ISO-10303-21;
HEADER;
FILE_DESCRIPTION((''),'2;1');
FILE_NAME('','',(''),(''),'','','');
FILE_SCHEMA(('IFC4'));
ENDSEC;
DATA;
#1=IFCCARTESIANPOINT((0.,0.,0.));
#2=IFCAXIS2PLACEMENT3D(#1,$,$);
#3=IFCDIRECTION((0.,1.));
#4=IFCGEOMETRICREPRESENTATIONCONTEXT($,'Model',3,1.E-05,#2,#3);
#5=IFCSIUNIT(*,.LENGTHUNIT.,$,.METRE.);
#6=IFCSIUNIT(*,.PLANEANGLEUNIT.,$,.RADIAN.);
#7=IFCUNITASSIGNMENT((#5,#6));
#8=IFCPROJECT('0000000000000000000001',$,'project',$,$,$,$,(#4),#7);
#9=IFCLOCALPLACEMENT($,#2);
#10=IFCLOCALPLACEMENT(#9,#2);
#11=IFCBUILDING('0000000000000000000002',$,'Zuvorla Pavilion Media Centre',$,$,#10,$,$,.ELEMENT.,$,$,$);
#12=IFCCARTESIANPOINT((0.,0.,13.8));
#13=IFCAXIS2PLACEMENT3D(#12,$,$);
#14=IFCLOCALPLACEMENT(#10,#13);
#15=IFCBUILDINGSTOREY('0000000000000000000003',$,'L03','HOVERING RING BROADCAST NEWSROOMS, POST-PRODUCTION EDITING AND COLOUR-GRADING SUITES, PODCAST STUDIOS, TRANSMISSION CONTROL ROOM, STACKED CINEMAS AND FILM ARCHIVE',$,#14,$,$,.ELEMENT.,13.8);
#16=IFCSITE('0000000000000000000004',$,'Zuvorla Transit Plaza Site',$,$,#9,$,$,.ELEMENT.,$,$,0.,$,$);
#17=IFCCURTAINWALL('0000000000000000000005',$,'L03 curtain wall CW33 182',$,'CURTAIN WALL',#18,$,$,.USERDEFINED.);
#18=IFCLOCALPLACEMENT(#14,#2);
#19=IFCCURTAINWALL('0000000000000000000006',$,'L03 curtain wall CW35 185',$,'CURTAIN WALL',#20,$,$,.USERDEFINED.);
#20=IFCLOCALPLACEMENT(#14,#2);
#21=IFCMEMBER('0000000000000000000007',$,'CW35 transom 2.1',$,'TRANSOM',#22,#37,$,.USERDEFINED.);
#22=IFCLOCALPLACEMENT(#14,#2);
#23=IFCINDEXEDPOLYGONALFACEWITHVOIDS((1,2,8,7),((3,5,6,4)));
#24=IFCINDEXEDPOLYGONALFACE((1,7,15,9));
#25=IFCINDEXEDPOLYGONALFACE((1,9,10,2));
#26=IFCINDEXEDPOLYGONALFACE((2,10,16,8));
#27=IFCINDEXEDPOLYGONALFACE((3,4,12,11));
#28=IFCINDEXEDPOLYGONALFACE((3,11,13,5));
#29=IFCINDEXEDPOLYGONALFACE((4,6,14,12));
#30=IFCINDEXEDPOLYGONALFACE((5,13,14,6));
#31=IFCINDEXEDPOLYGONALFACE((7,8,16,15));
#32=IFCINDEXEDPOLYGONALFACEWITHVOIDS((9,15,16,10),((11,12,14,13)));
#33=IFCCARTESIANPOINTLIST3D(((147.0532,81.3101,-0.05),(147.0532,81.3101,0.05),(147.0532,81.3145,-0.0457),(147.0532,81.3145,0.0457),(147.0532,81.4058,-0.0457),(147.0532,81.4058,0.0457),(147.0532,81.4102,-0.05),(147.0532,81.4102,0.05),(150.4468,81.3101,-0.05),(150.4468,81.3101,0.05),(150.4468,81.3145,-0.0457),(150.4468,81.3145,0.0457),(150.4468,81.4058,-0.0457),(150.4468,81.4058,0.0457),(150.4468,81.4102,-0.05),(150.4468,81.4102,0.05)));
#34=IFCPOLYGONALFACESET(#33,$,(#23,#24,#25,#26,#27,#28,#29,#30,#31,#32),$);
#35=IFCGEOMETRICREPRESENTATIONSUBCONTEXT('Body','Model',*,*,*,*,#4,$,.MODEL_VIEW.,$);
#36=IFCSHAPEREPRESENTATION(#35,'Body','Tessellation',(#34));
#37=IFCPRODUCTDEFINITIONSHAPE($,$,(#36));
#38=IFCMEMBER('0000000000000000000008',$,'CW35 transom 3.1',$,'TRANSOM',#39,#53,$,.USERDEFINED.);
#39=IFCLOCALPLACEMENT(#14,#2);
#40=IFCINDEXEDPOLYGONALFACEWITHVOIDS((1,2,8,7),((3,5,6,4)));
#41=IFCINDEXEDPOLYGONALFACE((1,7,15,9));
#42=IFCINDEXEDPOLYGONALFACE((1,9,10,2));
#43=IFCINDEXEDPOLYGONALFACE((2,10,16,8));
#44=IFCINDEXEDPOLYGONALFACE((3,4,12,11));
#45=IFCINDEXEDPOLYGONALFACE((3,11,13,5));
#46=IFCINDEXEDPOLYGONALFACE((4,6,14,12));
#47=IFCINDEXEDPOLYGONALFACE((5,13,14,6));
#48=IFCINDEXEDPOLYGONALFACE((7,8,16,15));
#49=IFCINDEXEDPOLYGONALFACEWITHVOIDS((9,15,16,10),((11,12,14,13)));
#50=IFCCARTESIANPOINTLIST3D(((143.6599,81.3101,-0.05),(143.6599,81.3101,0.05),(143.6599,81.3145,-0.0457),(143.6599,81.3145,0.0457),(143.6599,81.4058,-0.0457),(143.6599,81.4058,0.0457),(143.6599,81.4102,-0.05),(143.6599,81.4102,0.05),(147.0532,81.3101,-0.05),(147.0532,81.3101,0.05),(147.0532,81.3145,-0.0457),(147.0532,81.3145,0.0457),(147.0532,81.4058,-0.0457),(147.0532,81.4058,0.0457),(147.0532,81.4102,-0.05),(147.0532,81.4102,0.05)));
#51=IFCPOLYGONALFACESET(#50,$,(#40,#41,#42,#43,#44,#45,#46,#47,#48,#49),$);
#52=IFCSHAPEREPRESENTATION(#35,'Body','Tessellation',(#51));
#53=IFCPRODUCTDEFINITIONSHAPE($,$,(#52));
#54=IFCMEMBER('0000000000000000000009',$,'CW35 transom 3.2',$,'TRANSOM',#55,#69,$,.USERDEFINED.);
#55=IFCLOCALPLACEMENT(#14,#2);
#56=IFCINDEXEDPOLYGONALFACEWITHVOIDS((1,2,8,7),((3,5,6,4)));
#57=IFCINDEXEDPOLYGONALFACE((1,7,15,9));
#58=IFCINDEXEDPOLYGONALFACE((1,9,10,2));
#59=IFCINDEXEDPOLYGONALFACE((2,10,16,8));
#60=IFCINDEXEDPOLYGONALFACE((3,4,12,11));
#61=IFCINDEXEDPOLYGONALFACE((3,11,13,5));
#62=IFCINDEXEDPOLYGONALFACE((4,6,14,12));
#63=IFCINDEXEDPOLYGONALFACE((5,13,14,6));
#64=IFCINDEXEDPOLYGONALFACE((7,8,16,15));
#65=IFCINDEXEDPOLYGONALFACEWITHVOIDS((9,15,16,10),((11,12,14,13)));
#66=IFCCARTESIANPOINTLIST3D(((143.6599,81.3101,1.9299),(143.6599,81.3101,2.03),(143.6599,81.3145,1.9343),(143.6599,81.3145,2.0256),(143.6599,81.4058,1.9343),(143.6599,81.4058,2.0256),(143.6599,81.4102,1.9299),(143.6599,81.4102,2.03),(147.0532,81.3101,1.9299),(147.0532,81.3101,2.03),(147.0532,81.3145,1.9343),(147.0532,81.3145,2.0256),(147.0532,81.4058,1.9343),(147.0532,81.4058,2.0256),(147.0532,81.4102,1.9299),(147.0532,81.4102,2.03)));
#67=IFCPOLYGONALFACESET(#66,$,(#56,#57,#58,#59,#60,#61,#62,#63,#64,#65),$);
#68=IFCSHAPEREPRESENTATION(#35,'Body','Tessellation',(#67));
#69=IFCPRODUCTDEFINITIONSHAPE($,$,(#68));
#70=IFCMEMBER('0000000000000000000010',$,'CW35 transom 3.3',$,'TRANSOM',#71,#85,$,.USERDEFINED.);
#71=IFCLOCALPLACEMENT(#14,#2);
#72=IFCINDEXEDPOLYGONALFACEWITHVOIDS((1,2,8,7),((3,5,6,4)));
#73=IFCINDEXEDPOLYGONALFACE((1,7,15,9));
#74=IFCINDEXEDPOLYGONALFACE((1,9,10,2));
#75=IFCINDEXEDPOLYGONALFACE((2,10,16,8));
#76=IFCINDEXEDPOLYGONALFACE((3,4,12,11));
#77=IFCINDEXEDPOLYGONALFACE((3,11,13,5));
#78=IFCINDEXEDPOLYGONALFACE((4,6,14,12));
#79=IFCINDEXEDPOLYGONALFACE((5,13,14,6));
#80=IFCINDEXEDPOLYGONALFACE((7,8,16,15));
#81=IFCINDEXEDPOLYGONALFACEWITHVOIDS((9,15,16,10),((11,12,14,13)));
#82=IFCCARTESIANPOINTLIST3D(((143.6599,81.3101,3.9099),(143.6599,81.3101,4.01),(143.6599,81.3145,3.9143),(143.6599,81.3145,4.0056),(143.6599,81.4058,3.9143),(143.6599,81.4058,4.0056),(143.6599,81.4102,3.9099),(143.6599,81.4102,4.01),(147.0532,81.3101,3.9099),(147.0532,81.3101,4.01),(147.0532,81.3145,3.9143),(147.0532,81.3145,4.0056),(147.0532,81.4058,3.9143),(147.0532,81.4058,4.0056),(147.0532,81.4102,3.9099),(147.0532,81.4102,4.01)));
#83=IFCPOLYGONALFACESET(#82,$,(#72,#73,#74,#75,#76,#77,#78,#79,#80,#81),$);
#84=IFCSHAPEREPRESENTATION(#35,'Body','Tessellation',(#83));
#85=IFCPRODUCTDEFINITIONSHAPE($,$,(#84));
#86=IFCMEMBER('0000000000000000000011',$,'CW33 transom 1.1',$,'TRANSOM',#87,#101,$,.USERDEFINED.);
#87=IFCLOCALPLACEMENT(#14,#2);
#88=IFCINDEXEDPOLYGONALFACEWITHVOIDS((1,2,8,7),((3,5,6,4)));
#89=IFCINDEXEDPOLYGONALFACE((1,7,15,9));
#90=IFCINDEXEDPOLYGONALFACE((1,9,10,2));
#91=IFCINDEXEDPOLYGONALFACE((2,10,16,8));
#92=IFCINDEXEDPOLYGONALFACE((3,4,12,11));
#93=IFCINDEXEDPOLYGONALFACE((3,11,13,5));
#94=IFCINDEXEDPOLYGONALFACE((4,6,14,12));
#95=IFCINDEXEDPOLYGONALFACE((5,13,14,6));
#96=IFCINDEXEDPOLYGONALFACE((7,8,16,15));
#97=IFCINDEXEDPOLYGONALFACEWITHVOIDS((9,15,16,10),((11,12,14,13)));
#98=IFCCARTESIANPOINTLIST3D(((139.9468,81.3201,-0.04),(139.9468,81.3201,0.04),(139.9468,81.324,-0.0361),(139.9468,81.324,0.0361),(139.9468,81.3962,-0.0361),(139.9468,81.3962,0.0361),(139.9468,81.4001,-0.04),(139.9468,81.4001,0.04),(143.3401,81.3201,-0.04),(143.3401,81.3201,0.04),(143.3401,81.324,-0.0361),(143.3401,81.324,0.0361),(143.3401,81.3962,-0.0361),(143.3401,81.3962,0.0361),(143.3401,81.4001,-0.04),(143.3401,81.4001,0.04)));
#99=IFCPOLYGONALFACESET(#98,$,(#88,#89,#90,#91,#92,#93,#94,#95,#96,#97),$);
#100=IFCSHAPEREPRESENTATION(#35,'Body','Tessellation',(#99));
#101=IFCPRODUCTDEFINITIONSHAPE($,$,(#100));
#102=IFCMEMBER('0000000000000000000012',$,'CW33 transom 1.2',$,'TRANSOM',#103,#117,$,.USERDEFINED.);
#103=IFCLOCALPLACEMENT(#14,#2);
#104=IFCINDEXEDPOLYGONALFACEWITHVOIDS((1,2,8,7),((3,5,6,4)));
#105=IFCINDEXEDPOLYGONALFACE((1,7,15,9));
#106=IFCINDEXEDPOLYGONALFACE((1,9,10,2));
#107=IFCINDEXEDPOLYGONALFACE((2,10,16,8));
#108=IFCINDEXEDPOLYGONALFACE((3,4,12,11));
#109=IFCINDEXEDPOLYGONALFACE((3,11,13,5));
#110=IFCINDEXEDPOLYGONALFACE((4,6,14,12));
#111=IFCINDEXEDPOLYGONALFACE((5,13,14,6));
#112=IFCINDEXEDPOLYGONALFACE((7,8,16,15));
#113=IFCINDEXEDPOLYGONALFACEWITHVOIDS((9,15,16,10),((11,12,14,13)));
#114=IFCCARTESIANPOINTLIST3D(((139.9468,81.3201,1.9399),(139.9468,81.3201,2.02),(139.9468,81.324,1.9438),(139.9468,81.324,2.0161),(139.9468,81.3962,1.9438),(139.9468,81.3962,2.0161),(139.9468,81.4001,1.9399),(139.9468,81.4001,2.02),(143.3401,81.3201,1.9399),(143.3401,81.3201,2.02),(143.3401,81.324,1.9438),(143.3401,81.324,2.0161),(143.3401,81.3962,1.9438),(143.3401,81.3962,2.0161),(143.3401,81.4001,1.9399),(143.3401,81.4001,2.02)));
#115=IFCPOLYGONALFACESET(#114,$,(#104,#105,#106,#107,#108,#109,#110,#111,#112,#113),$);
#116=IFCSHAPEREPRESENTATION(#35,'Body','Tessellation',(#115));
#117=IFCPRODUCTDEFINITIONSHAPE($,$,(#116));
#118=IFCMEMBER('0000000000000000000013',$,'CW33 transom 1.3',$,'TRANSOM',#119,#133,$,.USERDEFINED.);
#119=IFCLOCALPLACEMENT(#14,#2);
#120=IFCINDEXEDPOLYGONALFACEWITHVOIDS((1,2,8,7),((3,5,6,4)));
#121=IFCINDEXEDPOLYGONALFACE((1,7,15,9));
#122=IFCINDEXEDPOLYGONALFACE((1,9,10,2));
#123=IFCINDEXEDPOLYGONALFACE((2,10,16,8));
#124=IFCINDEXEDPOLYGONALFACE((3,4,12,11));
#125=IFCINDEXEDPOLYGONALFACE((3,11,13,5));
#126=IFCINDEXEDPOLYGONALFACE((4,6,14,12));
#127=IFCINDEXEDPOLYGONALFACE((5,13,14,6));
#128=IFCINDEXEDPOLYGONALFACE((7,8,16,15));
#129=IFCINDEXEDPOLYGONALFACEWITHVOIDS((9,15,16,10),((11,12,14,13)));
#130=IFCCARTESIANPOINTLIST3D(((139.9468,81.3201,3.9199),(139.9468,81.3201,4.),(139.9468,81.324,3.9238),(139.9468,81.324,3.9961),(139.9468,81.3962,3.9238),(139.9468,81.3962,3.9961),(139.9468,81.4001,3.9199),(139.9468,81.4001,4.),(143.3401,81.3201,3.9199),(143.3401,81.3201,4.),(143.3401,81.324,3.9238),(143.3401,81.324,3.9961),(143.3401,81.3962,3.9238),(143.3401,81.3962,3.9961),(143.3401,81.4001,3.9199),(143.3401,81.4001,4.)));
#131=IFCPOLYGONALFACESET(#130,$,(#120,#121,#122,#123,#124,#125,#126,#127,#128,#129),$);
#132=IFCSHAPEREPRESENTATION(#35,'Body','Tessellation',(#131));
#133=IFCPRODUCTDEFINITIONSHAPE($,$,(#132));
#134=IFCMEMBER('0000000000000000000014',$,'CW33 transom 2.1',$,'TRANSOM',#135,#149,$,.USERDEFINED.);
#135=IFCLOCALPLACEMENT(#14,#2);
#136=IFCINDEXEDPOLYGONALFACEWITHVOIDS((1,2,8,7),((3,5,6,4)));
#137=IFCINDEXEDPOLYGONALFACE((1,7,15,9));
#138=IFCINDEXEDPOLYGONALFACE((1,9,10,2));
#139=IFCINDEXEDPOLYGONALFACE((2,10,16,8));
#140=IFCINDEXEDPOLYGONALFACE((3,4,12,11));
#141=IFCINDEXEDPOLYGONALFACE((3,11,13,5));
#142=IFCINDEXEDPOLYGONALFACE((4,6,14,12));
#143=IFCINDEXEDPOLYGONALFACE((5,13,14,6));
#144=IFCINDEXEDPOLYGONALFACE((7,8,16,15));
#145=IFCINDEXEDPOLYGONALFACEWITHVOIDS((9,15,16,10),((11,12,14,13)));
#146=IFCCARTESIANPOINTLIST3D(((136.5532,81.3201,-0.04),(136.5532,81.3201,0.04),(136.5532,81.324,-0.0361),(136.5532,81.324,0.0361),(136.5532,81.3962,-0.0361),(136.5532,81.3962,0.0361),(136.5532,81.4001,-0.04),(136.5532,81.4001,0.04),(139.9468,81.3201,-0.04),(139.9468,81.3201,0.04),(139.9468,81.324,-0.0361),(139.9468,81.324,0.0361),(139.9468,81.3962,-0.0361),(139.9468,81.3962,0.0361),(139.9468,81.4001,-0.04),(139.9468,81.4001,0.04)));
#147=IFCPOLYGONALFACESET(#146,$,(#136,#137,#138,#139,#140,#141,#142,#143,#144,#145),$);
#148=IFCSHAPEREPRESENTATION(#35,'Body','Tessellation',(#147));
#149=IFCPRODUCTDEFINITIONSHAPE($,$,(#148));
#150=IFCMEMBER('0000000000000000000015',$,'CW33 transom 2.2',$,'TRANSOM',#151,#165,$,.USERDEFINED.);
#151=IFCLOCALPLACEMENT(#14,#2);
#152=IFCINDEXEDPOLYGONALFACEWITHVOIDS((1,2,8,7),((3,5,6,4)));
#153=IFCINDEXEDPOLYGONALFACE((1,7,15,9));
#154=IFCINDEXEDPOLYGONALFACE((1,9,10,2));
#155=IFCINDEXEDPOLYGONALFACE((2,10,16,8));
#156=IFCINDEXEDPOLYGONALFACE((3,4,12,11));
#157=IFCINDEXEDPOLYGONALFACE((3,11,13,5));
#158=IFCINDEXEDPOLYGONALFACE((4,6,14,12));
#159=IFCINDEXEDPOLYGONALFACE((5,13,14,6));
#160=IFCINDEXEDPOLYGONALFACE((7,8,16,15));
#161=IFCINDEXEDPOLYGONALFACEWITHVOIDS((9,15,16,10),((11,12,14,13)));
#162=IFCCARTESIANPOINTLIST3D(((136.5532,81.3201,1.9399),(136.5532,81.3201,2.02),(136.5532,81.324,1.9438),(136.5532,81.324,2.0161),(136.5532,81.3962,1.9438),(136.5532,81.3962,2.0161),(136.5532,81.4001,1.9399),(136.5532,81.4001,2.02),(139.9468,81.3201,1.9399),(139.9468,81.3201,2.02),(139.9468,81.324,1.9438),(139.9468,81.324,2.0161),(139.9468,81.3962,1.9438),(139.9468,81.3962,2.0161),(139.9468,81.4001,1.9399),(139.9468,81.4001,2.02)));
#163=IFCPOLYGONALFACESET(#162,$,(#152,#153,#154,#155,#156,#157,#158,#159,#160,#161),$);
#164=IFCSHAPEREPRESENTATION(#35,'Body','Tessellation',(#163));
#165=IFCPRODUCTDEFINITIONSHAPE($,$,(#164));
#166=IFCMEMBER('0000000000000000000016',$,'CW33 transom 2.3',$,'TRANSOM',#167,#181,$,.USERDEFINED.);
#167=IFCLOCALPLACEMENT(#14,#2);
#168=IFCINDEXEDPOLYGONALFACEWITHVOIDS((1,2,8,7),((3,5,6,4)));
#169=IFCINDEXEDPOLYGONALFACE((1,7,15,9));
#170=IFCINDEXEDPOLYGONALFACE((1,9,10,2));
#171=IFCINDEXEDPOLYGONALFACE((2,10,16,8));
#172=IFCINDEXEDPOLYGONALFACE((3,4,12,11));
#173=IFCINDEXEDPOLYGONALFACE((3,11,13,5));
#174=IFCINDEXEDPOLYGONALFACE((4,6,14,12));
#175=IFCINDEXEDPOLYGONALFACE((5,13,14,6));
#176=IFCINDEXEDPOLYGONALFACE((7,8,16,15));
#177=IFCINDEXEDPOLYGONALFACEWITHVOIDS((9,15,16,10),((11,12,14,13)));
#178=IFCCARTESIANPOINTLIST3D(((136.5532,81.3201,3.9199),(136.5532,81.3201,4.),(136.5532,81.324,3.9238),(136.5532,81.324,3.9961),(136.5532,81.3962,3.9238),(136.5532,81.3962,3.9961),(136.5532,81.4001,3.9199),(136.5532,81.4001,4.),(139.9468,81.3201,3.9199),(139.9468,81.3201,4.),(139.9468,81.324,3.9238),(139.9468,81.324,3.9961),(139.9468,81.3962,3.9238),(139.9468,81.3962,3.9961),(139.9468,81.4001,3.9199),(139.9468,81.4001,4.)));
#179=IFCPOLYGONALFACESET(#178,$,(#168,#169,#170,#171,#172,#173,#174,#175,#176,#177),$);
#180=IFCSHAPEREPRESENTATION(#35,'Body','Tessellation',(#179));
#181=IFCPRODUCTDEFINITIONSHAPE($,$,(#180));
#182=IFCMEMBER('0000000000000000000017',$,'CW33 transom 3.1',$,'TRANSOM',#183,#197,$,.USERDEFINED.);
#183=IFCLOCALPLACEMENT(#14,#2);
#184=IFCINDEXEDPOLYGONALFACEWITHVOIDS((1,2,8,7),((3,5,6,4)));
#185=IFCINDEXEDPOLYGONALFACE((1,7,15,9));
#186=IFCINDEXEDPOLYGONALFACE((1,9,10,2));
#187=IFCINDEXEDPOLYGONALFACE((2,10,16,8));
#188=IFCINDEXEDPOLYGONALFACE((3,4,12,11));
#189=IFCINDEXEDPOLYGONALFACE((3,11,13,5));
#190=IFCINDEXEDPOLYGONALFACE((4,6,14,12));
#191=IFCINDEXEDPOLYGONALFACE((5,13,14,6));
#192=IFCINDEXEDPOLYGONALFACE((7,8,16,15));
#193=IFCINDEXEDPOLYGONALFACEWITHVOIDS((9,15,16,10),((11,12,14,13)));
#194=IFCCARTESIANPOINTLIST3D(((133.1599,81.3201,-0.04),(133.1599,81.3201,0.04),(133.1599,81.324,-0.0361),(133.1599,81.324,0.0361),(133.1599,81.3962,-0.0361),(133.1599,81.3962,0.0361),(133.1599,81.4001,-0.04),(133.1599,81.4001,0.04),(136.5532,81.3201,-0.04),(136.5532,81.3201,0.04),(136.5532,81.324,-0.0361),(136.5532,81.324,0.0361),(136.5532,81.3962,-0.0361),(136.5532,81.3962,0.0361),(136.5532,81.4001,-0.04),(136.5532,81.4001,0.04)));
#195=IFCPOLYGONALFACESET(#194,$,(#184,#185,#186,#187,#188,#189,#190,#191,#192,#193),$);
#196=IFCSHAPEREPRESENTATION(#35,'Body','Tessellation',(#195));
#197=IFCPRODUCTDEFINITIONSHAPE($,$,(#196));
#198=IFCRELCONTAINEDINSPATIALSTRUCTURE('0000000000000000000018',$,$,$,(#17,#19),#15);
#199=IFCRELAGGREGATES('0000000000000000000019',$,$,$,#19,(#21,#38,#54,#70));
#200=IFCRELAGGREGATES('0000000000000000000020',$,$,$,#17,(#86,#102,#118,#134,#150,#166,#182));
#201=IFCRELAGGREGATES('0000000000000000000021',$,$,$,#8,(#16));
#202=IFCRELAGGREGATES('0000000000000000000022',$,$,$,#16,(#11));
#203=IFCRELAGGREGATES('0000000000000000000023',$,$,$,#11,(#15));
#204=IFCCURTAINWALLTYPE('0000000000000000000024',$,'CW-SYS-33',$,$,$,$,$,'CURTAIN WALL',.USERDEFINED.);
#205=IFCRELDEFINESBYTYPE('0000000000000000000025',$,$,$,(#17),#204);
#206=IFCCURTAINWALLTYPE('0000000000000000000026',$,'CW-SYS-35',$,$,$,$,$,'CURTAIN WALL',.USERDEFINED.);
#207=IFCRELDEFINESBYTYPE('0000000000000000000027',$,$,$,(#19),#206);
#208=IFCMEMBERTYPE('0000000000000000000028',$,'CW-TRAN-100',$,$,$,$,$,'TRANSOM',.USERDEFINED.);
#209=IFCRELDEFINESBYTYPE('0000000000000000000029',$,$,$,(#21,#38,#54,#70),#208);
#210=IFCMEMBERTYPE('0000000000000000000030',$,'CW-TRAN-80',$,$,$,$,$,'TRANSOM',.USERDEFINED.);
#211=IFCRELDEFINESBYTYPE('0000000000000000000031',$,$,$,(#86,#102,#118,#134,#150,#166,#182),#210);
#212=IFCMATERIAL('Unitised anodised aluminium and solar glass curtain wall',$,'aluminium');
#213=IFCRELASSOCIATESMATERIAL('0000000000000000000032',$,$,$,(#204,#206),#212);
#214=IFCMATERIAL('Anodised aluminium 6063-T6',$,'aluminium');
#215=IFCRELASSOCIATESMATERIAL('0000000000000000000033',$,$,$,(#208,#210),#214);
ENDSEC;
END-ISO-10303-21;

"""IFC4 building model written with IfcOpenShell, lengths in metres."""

from ifc_helpers import new_model, si_unit, direction, frame, origin, origin_2d, place, context, subcontext, project, spatial, hollow_rectangle, extrude, material, material_profile, profile_set, type_object, element, aggregate, save


model = new_model("IFC4")

# Units and contexts
model_context = context("Model", 3, precision=1e-05, world=origin(), true_north=direction((0.0, 1.0)))
body_context = subcontext(model_context, "Body", "Model", "MODEL_VIEW")
ifc_project = project(units=[si_unit("LENGTHUNIT", "METRE"), si_unit("PLANEANGLEUNIT", "RADIAN")], contexts=[model_context])

# Site, building, storey
site_placement = place(None, origin())
site = spatial("IfcSite", under=ifc_project, at=site_placement, Name="Zuvorla Transit Plaza Site", CompositionType="ELEMENT", RefElevation=0.0)
building_placement = place(site_placement, origin())
building = spatial("IfcBuilding", under=site, at=building_placement, Name="Zuvorla Pavilion Media Centre", CompositionType="ELEMENT")
storey_placement = place(building_placement, frame((0.0, 0.0, 13.8)))
storey = spatial("IfcBuildingStorey", under=building, at=storey_placement, Name="L03", Description="HOVERING RING BROADCAST NEWSROOMS, POST-PRODUCTION EDITING AND COLOUR-GRADING SUITES, PODCAST STUDIOS, TRANSMISSION CONTROL ROOM, STACKED CINEMAS AND FILM ARCHIVE", CompositionType="ELEMENT", Elevation=13.8)

# Curtain wall
ifc_material_1 = material(Name="Unitised anodised aluminium and solar glass curtain wall", Category="aluminium")
curtain_wall_type_1 = type_object("IfcCurtainWallType", Name="CW-SYS-33", ElementType="CURTAIN WALL", PredefinedType="USERDEFINED", material=ifc_material_1)
curtain_wall_1_placement = place(storey_placement, origin())
curtain_wall_1 = element("IfcCurtainWall", 1, at=curtain_wall_1_placement, inside=storey, type_object=curtain_wall_type_1, Name="L03 curtain wall CW33 182", ObjectType="CURTAIN WALL", PredefinedType="USERDEFINED")
ifc_material_2 = material(Name="Anodised aluminium 6063-T6", Category="aluminium")

# Curtain wall
curtain_wall_type_2 = type_object("IfcCurtainWallType", Name="CW-SYS-35", ElementType="CURTAIN WALL", PredefinedType="USERDEFINED", material=ifc_material_1)
curtain_wall_2_placement = place(storey_placement, origin())
curtain_wall_2 = element("IfcCurtainWall", 2, at=curtain_wall_2_placement, inside=storey, type_object=curtain_wall_type_2, Name="L03 curtain wall CW35 185", ObjectType="CURTAIN WALL", PredefinedType="USERDEFINED")

# Members
ifc_material_profile_1 = material_profile(ifc_material_2, hollow_rectangle(XDim=0.1001, YDim=0.1001, WallThickness=0.0044, at=origin_2d()), Name="ALU TRAN 100x100")
ifc_profile_set_1 = profile_set([ifc_material_profile_1], Name="Anodised aluminium 6063-T6")
member_type_1 = type_object("IfcMemberType", Name="CW-TRAN-100", ElementType="TRANSOM", PredefinedType="USERDEFINED", material=ifc_profile_set_1)
member_1_placement = place(storey_placement, frame((150.4468, 81.3601, 0.0), z_axis=(-1.0, 0.0, 0.0), x_axis=(0.0, -1.0, 0.0)))
member_1 = element("IfcMember", 3, at=member_1_placement, type_object=member_type_1, Name="CW35 transom 2.1", ObjectType="TRANSOM", PredefinedType="USERDEFINED", context=body_context, shape_type="SweptSolid", body=[
    extrude(hollow_rectangle(XDim=0.1001, YDim=0.1001, WallThickness=0.0044, at=origin_2d()), origin(), (0.0, 0.0, 1.0), 3.3936),
])
member_2_placement = place(storey_placement, frame((147.0532, 81.3601, 0.0), z_axis=(-1.0, 0.0, 0.0), x_axis=(0.0, -1.0, 0.0)))
member_2 = element("IfcMember", 4, at=member_2_placement, type_object=member_type_1, Name="CW35 transom 3.1", ObjectType="TRANSOM", PredefinedType="USERDEFINED", context=body_context, shape_type="SweptSolid", body=[
    extrude(hollow_rectangle(XDim=0.1001, YDim=0.1001, WallThickness=0.0044, at=origin_2d()), origin(), (0.0, 0.0, 1.0), 3.3933),
])
member_3_placement = place(storey_placement, frame((147.0532, 81.3601, 1.98), z_axis=(-1.0, 0.0, 0.0), x_axis=(0.0, -1.0, 0.0)))
member_3 = element("IfcMember", 5, at=member_3_placement, type_object=member_type_1, Name="CW35 transom 3.2", ObjectType="TRANSOM", PredefinedType="USERDEFINED", context=body_context, shape_type="SweptSolid", body=[
    extrude(hollow_rectangle(XDim=0.1001, YDim=0.1001, WallThickness=0.0044, at=origin_2d()), origin(), (0.0, 0.0, 1.0), 3.3933),
])
member_4_placement = place(storey_placement, frame((147.0532, 81.3601, 3.96), z_axis=(-1.0, 0.0, 0.0), x_axis=(0.0, -1.0, 0.0)))
member_4 = element("IfcMember", 6, at=member_4_placement, type_object=member_type_1, Name="CW35 transom 3.3", ObjectType="TRANSOM", PredefinedType="USERDEFINED", context=body_context, shape_type="SweptSolid", body=[
    extrude(hollow_rectangle(XDim=0.1001, YDim=0.1001, WallThickness=0.0044, at=origin_2d()), origin(), (0.0, 0.0, 1.0), 3.3933),
])
ifc_material_profile_2 = material_profile(ifc_material_2, hollow_rectangle(XDim=0.0801, YDim=0.0801, WallThickness=0.0039, at=origin_2d()), Name="ALU TRAN 80x80")
ifc_profile_set_2 = profile_set([ifc_material_profile_2], Name="Anodised aluminium 6063-T6")
member_type_2 = type_object("IfcMemberType", Name="CW-TRAN-80", ElementType="TRANSOM", PredefinedType="USERDEFINED", material=ifc_profile_set_2)
member_5_placement = place(storey_placement, frame((143.3401, 81.3601, 0.0), z_axis=(-1.0, 0.0, 0.0), x_axis=(0.0, -1.0, 0.0)))
member_5 = element("IfcMember", 7, at=member_5_placement, type_object=member_type_2, Name="CW33 transom 1.1", ObjectType="TRANSOM", PredefinedType="USERDEFINED", context=body_context, shape_type="SweptSolid", body=[
    extrude(hollow_rectangle(XDim=0.0801, YDim=0.0801, WallThickness=0.0039, at=origin_2d()), origin(), (0.0, 0.0, 1.0), 3.3933),
])
member_6_placement = place(storey_placement, frame((143.3401, 81.3601, 1.98), z_axis=(-1.0, 0.0, 0.0), x_axis=(0.0, -1.0, 0.0)))
member_6 = element("IfcMember", 8, at=member_6_placement, type_object=member_type_2, Name="CW33 transom 1.2", ObjectType="TRANSOM", PredefinedType="USERDEFINED", context=body_context, shape_type="SweptSolid", body=[
    extrude(hollow_rectangle(XDim=0.0801, YDim=0.0801, WallThickness=0.0039, at=origin_2d()), origin(), (0.0, 0.0, 1.0), 3.3933),
])
member_7_placement = place(storey_placement, frame((143.3401, 81.3601, 3.96), z_axis=(-1.0, 0.0, 0.0), x_axis=(0.0, -1.0, 0.0)))
member_7 = element("IfcMember", 9, at=member_7_placement, type_object=member_type_2, Name="CW33 transom 1.3", ObjectType="TRANSOM", PredefinedType="USERDEFINED", context=body_context, shape_type="SweptSolid", body=[
    extrude(hollow_rectangle(XDim=0.0801, YDim=0.0801, WallThickness=0.0039, at=origin_2d()), origin(), (0.0, 0.0, 1.0), 3.3933),
])
member_8_placement = place(storey_placement, frame((139.9468, 81.3601, 0.0), z_axis=(-1.0, 0.0, 0.0), x_axis=(0.0, -1.0, 0.0)))
member_8 = element("IfcMember", 10, at=member_8_placement, type_object=member_type_2, Name="CW33 transom 2.1", ObjectType="TRANSOM", PredefinedType="USERDEFINED", context=body_context, shape_type="SweptSolid", body=[
    extrude(hollow_rectangle(XDim=0.0801, YDim=0.0801, WallThickness=0.0039, at=origin_2d()), origin(), (0.0, 0.0, 1.0), 3.3936),
])
member_9_placement = place(storey_placement, frame((139.9468, 81.3601, 1.98), z_axis=(-1.0, 0.0, 0.0), x_axis=(0.0, -1.0, 0.0)))
member_9 = element("IfcMember", 11, at=member_9_placement, type_object=member_type_2, Name="CW33 transom 2.2", ObjectType="TRANSOM", PredefinedType="USERDEFINED", context=body_context, shape_type="SweptSolid", body=[
    extrude(hollow_rectangle(XDim=0.0801, YDim=0.0801, WallThickness=0.0039, at=origin_2d()), origin(), (0.0, 0.0, 1.0), 3.3936),
])
member_10_placement = place(storey_placement, frame((139.9468, 81.3601, 3.96), z_axis=(-1.0, 0.0, 0.0), x_axis=(0.0, -1.0, 0.0)))
member_10 = element("IfcMember", 12, at=member_10_placement, type_object=member_type_2, Name="CW33 transom 2.3", ObjectType="TRANSOM", PredefinedType="USERDEFINED", context=body_context, shape_type="SweptSolid", body=[
    extrude(hollow_rectangle(XDim=0.0801, YDim=0.0801, WallThickness=0.0039, at=origin_2d()), origin(), (0.0, 0.0, 1.0), 3.3936),
])
member_11_placement = place(storey_placement, frame((136.5532, 81.3601, 0.0), z_axis=(-1.0, 0.0, 0.0), x_axis=(0.0, -1.0, 0.0)))
member_11 = element("IfcMember", 13, at=member_11_placement, type_object=member_type_2, Name="CW33 transom 3.1", ObjectType="TRANSOM", PredefinedType="USERDEFINED", context=body_context, shape_type="SweptSolid", body=[
    extrude(hollow_rectangle(XDim=0.0801, YDim=0.0801, WallThickness=0.0039, at=origin_2d()), origin(), (0.0, 0.0, 1.0), 3.3933),
])

aggregate(curtain_wall_2, [member_1, member_2, member_3, member_4])
aggregate(curtain_wall_1, [member_5, member_6, member_7, member_8, member_9, member_10, member_11])

save(model, "model.ifc")
